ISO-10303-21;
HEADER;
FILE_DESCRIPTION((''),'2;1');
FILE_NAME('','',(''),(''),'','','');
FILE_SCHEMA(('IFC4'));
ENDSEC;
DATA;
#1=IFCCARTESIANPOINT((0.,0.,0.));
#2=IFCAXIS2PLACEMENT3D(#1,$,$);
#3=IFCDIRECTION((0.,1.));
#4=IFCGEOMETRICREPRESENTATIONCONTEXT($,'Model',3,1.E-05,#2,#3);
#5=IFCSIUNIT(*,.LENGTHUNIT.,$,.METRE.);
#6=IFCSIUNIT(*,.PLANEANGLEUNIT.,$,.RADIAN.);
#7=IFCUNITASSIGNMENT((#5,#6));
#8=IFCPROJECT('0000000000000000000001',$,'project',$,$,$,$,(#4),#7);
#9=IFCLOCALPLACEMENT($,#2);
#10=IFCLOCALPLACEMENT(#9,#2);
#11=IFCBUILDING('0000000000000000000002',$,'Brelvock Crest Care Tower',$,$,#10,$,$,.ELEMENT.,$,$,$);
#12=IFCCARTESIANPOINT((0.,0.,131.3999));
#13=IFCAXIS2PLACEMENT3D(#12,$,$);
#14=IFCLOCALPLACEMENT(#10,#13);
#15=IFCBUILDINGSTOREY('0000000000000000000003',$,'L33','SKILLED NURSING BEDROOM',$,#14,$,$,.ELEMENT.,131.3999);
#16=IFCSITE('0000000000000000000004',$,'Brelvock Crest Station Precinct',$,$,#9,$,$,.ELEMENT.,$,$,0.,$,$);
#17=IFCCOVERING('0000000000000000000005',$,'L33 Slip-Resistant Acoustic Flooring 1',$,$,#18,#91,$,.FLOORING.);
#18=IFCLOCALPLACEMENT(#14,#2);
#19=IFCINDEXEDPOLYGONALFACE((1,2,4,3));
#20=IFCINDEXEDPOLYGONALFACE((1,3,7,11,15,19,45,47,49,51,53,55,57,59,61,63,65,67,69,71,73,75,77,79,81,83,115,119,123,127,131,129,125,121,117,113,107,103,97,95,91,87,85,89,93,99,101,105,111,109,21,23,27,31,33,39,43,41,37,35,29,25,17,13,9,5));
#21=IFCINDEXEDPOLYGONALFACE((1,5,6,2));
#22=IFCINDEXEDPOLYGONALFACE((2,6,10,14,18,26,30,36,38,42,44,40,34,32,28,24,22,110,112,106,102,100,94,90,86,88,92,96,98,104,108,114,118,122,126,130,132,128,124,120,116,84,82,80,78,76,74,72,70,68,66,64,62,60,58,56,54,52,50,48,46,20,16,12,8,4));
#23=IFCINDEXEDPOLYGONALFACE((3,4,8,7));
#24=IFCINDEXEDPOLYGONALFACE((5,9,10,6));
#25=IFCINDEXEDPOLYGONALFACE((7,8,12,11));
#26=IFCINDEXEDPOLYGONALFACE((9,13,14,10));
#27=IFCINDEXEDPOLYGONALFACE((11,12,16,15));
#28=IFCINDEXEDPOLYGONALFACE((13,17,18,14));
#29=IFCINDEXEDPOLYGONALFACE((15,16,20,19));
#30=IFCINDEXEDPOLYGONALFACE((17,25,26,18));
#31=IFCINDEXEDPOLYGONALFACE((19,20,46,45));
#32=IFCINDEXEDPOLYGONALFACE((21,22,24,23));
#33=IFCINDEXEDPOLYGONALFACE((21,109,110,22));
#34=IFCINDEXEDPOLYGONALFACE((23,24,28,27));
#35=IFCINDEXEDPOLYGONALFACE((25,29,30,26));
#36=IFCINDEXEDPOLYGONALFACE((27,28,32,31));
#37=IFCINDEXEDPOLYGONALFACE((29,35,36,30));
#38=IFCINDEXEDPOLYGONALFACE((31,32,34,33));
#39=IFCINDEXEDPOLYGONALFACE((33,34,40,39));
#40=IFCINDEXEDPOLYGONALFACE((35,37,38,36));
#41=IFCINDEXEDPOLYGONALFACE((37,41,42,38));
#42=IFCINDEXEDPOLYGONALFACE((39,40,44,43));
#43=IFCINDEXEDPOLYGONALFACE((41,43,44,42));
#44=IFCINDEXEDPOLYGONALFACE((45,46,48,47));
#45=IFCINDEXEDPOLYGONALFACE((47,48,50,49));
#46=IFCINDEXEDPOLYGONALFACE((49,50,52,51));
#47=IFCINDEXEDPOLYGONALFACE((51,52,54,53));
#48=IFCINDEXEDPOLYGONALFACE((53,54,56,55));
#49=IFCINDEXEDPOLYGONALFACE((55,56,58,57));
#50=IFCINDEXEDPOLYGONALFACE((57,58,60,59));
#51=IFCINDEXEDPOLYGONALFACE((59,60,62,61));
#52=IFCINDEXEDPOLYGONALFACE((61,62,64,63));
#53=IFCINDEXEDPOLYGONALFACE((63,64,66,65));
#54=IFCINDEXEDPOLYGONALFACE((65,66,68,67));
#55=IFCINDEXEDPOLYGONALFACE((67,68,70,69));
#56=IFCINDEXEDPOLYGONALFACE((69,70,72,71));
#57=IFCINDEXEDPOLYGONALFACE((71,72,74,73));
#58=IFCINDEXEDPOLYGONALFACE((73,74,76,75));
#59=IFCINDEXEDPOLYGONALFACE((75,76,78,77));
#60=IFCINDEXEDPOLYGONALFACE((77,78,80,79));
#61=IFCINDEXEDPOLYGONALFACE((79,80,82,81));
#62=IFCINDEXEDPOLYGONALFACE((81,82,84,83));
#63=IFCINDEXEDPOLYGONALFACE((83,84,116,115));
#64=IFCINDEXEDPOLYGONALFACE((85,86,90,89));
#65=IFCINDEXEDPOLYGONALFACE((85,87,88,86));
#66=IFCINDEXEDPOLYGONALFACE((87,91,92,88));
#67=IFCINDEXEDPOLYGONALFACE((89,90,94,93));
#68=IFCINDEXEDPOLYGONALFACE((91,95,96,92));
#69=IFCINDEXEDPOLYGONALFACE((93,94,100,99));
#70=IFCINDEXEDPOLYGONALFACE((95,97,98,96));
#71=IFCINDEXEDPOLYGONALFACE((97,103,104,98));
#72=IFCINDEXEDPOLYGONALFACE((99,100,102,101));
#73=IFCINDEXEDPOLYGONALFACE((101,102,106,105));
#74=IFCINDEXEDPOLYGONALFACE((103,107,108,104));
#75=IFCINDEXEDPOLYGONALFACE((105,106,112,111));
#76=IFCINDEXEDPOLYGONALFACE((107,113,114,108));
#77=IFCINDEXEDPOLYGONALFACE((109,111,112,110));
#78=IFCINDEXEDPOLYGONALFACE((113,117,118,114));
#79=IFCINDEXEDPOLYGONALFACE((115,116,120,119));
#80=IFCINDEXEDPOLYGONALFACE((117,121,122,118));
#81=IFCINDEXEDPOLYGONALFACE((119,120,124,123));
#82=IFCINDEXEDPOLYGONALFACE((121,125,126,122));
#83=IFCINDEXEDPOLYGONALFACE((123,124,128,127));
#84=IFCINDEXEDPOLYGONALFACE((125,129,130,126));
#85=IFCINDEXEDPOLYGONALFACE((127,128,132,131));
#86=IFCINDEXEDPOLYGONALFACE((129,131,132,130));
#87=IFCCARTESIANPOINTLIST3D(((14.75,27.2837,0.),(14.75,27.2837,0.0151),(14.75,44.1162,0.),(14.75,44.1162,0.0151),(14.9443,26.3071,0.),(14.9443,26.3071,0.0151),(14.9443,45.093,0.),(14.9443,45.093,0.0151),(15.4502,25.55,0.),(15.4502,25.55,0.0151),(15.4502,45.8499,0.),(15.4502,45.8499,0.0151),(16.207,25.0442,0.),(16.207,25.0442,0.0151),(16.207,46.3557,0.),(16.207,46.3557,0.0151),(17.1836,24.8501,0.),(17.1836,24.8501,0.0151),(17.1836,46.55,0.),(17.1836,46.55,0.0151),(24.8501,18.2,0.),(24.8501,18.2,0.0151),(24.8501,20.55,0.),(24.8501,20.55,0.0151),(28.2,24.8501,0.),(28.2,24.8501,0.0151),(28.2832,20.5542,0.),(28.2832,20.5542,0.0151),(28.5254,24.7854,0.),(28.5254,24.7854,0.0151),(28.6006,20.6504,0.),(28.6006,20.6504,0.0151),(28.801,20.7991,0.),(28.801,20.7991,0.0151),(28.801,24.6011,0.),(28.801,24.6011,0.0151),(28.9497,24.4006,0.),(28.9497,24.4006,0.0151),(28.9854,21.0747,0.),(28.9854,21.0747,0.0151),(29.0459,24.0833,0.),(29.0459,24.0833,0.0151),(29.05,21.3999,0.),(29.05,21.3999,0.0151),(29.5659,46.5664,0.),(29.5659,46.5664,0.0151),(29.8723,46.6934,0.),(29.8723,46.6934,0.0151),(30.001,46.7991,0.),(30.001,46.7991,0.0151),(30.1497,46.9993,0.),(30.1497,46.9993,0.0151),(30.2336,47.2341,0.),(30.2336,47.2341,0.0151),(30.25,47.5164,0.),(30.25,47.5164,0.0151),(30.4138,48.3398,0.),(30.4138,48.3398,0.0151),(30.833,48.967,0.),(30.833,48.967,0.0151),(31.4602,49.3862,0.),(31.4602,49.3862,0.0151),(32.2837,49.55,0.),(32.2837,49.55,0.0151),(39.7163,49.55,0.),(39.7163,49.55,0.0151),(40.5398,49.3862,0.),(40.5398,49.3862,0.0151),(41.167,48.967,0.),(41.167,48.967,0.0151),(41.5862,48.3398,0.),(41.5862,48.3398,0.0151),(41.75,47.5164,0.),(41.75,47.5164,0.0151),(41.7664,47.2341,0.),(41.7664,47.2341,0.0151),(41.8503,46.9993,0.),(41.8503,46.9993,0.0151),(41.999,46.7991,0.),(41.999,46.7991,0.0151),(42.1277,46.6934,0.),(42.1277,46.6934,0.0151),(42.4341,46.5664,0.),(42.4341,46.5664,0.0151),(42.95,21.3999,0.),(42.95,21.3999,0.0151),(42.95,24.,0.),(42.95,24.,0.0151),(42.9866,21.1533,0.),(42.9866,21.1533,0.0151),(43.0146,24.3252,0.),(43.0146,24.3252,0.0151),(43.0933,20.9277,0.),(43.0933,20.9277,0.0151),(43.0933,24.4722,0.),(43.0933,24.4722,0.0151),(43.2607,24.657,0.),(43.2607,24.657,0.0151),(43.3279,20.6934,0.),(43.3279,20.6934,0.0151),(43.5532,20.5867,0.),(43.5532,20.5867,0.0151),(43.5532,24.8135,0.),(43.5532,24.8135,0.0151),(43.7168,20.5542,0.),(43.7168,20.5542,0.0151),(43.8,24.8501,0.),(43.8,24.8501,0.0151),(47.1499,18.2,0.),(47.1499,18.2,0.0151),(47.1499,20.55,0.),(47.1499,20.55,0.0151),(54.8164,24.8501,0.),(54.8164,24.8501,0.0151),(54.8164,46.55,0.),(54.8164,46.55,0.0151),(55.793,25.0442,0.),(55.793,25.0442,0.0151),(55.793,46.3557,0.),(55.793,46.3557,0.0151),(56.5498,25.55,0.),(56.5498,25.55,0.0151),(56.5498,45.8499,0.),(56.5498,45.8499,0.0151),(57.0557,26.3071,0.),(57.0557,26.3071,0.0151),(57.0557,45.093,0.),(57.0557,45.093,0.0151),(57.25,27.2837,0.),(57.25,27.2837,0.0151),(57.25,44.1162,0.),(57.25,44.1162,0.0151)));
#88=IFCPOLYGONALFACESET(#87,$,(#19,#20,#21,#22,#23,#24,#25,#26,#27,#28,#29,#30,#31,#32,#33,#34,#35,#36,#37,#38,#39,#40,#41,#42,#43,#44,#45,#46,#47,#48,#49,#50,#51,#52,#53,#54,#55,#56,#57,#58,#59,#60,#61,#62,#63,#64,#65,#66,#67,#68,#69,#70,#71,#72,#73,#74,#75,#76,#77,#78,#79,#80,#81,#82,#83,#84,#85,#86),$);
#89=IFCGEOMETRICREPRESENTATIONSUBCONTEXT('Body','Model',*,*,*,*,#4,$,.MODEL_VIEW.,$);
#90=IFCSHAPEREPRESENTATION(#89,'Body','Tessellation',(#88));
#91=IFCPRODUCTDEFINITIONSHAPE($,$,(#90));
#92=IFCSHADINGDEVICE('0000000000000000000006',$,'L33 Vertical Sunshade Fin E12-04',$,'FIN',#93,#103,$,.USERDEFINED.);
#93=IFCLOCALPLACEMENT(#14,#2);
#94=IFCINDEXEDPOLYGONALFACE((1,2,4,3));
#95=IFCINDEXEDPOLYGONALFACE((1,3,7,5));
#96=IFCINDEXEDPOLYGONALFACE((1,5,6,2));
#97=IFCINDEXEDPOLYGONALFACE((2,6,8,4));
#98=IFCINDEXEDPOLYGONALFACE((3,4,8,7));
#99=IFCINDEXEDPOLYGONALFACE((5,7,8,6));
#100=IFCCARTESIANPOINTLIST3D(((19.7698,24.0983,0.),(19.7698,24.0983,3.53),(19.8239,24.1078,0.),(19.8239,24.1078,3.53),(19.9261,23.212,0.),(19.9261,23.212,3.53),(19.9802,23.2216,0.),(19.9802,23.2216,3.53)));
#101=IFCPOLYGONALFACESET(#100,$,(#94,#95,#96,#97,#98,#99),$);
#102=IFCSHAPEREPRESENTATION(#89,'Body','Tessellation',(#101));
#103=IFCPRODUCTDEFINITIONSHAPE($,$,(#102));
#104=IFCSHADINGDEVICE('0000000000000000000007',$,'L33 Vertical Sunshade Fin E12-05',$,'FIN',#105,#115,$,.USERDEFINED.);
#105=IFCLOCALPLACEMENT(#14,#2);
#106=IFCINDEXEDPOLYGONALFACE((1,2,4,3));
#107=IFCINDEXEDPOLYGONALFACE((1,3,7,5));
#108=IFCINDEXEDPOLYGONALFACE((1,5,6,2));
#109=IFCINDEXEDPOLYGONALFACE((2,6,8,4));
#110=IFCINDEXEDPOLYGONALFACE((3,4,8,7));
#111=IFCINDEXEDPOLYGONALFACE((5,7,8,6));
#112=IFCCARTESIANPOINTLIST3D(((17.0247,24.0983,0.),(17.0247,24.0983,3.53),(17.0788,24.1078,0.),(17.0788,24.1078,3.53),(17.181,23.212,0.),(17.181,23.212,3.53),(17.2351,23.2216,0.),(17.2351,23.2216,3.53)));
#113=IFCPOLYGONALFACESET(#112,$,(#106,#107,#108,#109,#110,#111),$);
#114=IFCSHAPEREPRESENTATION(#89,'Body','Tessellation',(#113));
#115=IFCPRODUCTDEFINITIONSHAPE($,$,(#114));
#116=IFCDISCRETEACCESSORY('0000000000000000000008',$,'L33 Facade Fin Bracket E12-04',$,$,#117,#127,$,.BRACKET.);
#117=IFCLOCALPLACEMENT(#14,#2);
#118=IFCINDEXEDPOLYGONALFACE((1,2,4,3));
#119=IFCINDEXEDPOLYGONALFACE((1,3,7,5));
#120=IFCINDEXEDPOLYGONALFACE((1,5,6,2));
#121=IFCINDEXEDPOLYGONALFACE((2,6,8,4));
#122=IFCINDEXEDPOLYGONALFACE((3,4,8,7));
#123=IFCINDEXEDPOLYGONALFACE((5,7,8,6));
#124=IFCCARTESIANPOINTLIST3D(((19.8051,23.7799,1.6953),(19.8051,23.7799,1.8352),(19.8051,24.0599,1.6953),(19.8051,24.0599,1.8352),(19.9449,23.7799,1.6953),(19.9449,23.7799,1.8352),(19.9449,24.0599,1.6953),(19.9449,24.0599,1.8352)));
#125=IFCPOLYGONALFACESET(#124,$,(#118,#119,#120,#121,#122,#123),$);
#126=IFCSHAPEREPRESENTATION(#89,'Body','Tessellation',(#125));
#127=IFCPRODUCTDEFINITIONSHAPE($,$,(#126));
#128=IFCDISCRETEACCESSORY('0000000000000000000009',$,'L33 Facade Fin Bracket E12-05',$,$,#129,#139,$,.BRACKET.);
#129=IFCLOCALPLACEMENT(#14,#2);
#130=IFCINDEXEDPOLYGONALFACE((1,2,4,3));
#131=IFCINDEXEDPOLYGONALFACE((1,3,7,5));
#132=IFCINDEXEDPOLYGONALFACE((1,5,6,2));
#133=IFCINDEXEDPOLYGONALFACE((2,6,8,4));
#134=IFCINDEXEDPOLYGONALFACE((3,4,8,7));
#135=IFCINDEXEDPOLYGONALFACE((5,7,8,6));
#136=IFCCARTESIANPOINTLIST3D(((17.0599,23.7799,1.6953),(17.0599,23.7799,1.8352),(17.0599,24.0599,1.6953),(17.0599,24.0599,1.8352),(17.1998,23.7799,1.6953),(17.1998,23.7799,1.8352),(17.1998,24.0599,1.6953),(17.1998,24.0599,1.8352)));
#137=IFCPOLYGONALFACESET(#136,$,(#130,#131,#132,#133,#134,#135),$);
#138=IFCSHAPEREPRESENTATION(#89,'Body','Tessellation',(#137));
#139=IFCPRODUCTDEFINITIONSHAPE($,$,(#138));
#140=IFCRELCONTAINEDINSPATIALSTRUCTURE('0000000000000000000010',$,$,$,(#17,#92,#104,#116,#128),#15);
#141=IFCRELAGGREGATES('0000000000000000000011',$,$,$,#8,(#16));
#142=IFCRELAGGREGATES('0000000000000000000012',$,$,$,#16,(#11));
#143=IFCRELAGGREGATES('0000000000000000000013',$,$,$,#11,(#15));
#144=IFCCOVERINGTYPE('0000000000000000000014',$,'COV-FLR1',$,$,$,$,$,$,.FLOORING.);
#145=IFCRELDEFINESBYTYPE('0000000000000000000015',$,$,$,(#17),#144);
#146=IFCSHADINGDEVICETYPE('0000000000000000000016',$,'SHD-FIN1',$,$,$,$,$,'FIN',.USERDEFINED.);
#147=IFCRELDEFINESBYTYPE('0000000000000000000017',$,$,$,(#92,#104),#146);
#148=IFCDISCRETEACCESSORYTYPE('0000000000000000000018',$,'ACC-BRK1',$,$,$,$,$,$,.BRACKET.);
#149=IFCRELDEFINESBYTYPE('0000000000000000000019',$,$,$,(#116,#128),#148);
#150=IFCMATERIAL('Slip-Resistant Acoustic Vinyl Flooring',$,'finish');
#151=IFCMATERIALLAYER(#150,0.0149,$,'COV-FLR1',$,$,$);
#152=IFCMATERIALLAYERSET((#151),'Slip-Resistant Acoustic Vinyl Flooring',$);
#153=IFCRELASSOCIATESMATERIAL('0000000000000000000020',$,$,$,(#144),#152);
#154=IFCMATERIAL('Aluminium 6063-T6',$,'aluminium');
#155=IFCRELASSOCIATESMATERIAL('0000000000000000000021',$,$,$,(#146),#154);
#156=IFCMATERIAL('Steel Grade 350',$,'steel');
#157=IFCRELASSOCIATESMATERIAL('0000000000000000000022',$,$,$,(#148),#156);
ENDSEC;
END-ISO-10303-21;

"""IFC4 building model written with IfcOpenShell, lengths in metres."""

from ifc_helpers import new_model, si_unit, direction, frame, origin, origin_2d, place, context, subcontext, project, spatial, polyline, rectangle, outline, extrude, source, transform, mapped, material, layer, layer_set, material_profile, profile_set, type_object, element, save


model = new_model("IFC4")

# Units and contexts
model_context = context("Model", 3, precision=1e-05, world=origin(), true_north=direction((0.0, 1.0)))
body_context = subcontext(model_context, "Body", "Model", "MODEL_VIEW")
ifc_project = project(units=[si_unit("LENGTHUNIT", "METRE"), si_unit("PLANEANGLEUNIT", "RADIAN")], contexts=[model_context])

# Site, building, storey
site_placement = place(None, origin())
site = spatial("IfcSite", under=ifc_project, at=site_placement, Name="Brelvock Crest Station Precinct", CompositionType="ELEMENT", RefElevation=0.0)
building_placement = place(site_placement, origin())
building = spatial("IfcBuilding", under=site, at=building_placement, Name="Brelvock Crest Care Tower", CompositionType="ELEMENT")
storey_placement = place(building_placement, frame((0.0, 0.0, 131.3999)))
storey = spatial("IfcBuildingStorey", under=building, at=storey_placement, Name="L33", Description="SKILLED NURSING BEDROOM", CompositionType="ELEMENT", Elevation=131.3999)

# Shared definitions
ifc_material_1 = material(Name="Steel Grade 350", Category="steel")

# Shared definitions
ifc_material_2 = material(Name="Aluminium 6063-T6", Category="aluminium")

# Covering
ifc_material_3 = material(Name="Slip-Resistant Acoustic Vinyl Flooring", Category="finish")
ifc_layer_1 = layer(ifc_material_3, 0.0149, Name="COV-FLR1")
ifc_layer_set_1 = layer_set([ifc_layer_1], Name="Slip-Resistant Acoustic Vinyl Flooring")
covering_type_1 = type_object("IfcCoveringType", Name="COV-FLR1", PredefinedType="FLOORING", material=ifc_layer_set_1)
covering_1_placement = place(storey_placement, origin())
element("IfcCovering", 1, at=covering_1_placement, inside=storey, type_object=covering_type_1, Name="L33 Slip-Resistant Acoustic Flooring 1", PredefinedType="FLOORING", context=body_context, shape_type="SweptSolid", body=[
    extrude(outline(polyline([(24.8501, 18.2), (47.1499, 18.2), (47.1499, 20.55), (43.7168, 20.5542), (43.5532, 20.5867), (43.3279, 20.6934), (43.0933, 20.9277), (42.9866, 21.1533), (42.95, 21.3999), (42.95, 24.0), (43.0146, 24.3252), (43.0933, 24.4722), (43.2607, 24.657), (43.5532, 24.8135), (43.8, 24.8501), (54.8164, 24.8501), (55.793, 25.0442), (56.5498, 25.55), (57.0557, 26.3071), (57.25, 27.2837), (57.25, 44.1162), (57.0557, 45.093), (56.5498, 45.8499), (55.793, 46.3557), (54.8164, 46.55), (42.4341, 46.5664), (42.1277, 46.6934), (41.999, 46.7991), (41.8503, 46.9993), (41.7664, 47.2341), (41.75, 47.5164), (41.5862, 48.3398), (41.167, 48.967), (40.5398, 49.3862), (39.7163, 49.55), (32.2837, 49.55), (31.4602, 49.3862), (30.833, 48.967), (30.4138, 48.3398), (30.25, 47.5164), (30.2336, 47.2341), (30.1497, 46.9993), (30.001, 46.7991), (29.8723, 46.6934), (29.5659, 46.5664), (17.1836, 46.55), (16.207, 46.3557), (15.4502, 45.8499), (14.9443, 45.093), (14.75, 44.1162), (14.75, 27.2837), (14.9443, 26.3071), (15.4502, 25.55), (16.207, 25.0442), (17.1836, 24.8501), (28.2, 24.8501), (28.5254, 24.7854), (28.801, 24.6011), (28.9497, 24.4006), (29.0459, 24.0833), (29.05, 21.3999), (28.9854, 21.0747), (28.801, 20.7991), (28.6006, 20.6504), (28.2832, 20.5542), (24.8501, 20.55), (24.8501, 18.2)])), origin(), (0.0, 0.0, 1.0), 0.0151),
])

# Shading devices
ifc_material_profile_1 = material_profile(ifc_material_2, rectangle(XDim=0.0549, YDim=0.8999, at=origin_2d()), Name="FIN55x900")
ifc_profile_set_1 = profile_set([ifc_material_profile_1], Name="Aluminium 6063-T6")
shading_device_type = type_object("IfcShadingDeviceType", Name="SHD-FIN1", ElementType="FIN", PredefinedType="USERDEFINED", material=ifc_profile_set_1)
shared_shape_1 = source(origin(), body_context, "Body", "SweptSolid", [
    extrude(rectangle(XDim=0.0549, YDim=0.8999, at=origin_2d()), origin(), (0.0, 0.0, 1.0), 3.53),
])
for number, where, z_axis, x_axis, name in (
    (2, (19.875, 23.6599, 0.0), (0.0, 0.0, 1.0), (-0.984808, -0.173648, 0.0), "L33 Vertical Sunshade Fin E12-04"),
    (3, (17.1299, 23.6599, 0.0), (0.0, 0.0, 1.0), (-0.984808, -0.173648, 0.0), "L33 Vertical Sunshade Fin E12-05"),
):
    element("IfcShadingDevice", number, at=place(storey_placement, frame(where, z_axis=z_axis, x_axis=x_axis)), inside=storey, type_object=shading_device_type, Name=name, ObjectType="FIN", PredefinedType="USERDEFINED", context=body_context, shape_type="MappedRepresentation", body=[
        mapped(shared_shape_1, transform((0.0, 0.0, 0.0), x_axis=(1.0, 0.0, 0.0), y_axis=(0.0, 1.0, 0.0), z_axis=(0.0, 0.0, 1.0), scale=1.0)),
    ])

# Discrete accessories
discrete_accessory_type = type_object("IfcDiscreteAccessoryType", Name="ACC-BRK1", PredefinedType="BRACKET", material=ifc_material_1)
shared_shape_2 = source(origin(), body_context, "Body", "SweptSolid", [
    extrude(rectangle(XDim=0.28, YDim=0.1399, at=origin_2d()), origin(), (0.0, 0.0, 1.0), 0.1399),
])
for number, where, z_axis, x_axis, name in (
    (4, (19.875, 23.9199, 1.6953), (0.0, 0.0, 1.0), (0.0, -1.0, 0.0), "L33 Facade Fin Bracket E12-04"),
    (5, (17.1299, 23.9199, 1.6953), (0.0, 0.0, 1.0), (0.0, -1.0, 0.0), "L33 Facade Fin Bracket E12-05"),
):
    element("IfcDiscreteAccessory", number, at=place(storey_placement, frame(where, z_axis=z_axis, x_axis=x_axis)), inside=storey, type_object=discrete_accessory_type, Name=name, PredefinedType="BRACKET", context=body_context, shape_type="MappedRepresentation", body=[
        mapped(shared_shape_2, transform((0.0, 0.0, 0.0), x_axis=(1.0, 0.0, 0.0), y_axis=(0.0, 1.0, 0.0), z_axis=(0.0, 0.0, 1.0), scale=1.0)),
    ])

save(model, "model.ifc")
